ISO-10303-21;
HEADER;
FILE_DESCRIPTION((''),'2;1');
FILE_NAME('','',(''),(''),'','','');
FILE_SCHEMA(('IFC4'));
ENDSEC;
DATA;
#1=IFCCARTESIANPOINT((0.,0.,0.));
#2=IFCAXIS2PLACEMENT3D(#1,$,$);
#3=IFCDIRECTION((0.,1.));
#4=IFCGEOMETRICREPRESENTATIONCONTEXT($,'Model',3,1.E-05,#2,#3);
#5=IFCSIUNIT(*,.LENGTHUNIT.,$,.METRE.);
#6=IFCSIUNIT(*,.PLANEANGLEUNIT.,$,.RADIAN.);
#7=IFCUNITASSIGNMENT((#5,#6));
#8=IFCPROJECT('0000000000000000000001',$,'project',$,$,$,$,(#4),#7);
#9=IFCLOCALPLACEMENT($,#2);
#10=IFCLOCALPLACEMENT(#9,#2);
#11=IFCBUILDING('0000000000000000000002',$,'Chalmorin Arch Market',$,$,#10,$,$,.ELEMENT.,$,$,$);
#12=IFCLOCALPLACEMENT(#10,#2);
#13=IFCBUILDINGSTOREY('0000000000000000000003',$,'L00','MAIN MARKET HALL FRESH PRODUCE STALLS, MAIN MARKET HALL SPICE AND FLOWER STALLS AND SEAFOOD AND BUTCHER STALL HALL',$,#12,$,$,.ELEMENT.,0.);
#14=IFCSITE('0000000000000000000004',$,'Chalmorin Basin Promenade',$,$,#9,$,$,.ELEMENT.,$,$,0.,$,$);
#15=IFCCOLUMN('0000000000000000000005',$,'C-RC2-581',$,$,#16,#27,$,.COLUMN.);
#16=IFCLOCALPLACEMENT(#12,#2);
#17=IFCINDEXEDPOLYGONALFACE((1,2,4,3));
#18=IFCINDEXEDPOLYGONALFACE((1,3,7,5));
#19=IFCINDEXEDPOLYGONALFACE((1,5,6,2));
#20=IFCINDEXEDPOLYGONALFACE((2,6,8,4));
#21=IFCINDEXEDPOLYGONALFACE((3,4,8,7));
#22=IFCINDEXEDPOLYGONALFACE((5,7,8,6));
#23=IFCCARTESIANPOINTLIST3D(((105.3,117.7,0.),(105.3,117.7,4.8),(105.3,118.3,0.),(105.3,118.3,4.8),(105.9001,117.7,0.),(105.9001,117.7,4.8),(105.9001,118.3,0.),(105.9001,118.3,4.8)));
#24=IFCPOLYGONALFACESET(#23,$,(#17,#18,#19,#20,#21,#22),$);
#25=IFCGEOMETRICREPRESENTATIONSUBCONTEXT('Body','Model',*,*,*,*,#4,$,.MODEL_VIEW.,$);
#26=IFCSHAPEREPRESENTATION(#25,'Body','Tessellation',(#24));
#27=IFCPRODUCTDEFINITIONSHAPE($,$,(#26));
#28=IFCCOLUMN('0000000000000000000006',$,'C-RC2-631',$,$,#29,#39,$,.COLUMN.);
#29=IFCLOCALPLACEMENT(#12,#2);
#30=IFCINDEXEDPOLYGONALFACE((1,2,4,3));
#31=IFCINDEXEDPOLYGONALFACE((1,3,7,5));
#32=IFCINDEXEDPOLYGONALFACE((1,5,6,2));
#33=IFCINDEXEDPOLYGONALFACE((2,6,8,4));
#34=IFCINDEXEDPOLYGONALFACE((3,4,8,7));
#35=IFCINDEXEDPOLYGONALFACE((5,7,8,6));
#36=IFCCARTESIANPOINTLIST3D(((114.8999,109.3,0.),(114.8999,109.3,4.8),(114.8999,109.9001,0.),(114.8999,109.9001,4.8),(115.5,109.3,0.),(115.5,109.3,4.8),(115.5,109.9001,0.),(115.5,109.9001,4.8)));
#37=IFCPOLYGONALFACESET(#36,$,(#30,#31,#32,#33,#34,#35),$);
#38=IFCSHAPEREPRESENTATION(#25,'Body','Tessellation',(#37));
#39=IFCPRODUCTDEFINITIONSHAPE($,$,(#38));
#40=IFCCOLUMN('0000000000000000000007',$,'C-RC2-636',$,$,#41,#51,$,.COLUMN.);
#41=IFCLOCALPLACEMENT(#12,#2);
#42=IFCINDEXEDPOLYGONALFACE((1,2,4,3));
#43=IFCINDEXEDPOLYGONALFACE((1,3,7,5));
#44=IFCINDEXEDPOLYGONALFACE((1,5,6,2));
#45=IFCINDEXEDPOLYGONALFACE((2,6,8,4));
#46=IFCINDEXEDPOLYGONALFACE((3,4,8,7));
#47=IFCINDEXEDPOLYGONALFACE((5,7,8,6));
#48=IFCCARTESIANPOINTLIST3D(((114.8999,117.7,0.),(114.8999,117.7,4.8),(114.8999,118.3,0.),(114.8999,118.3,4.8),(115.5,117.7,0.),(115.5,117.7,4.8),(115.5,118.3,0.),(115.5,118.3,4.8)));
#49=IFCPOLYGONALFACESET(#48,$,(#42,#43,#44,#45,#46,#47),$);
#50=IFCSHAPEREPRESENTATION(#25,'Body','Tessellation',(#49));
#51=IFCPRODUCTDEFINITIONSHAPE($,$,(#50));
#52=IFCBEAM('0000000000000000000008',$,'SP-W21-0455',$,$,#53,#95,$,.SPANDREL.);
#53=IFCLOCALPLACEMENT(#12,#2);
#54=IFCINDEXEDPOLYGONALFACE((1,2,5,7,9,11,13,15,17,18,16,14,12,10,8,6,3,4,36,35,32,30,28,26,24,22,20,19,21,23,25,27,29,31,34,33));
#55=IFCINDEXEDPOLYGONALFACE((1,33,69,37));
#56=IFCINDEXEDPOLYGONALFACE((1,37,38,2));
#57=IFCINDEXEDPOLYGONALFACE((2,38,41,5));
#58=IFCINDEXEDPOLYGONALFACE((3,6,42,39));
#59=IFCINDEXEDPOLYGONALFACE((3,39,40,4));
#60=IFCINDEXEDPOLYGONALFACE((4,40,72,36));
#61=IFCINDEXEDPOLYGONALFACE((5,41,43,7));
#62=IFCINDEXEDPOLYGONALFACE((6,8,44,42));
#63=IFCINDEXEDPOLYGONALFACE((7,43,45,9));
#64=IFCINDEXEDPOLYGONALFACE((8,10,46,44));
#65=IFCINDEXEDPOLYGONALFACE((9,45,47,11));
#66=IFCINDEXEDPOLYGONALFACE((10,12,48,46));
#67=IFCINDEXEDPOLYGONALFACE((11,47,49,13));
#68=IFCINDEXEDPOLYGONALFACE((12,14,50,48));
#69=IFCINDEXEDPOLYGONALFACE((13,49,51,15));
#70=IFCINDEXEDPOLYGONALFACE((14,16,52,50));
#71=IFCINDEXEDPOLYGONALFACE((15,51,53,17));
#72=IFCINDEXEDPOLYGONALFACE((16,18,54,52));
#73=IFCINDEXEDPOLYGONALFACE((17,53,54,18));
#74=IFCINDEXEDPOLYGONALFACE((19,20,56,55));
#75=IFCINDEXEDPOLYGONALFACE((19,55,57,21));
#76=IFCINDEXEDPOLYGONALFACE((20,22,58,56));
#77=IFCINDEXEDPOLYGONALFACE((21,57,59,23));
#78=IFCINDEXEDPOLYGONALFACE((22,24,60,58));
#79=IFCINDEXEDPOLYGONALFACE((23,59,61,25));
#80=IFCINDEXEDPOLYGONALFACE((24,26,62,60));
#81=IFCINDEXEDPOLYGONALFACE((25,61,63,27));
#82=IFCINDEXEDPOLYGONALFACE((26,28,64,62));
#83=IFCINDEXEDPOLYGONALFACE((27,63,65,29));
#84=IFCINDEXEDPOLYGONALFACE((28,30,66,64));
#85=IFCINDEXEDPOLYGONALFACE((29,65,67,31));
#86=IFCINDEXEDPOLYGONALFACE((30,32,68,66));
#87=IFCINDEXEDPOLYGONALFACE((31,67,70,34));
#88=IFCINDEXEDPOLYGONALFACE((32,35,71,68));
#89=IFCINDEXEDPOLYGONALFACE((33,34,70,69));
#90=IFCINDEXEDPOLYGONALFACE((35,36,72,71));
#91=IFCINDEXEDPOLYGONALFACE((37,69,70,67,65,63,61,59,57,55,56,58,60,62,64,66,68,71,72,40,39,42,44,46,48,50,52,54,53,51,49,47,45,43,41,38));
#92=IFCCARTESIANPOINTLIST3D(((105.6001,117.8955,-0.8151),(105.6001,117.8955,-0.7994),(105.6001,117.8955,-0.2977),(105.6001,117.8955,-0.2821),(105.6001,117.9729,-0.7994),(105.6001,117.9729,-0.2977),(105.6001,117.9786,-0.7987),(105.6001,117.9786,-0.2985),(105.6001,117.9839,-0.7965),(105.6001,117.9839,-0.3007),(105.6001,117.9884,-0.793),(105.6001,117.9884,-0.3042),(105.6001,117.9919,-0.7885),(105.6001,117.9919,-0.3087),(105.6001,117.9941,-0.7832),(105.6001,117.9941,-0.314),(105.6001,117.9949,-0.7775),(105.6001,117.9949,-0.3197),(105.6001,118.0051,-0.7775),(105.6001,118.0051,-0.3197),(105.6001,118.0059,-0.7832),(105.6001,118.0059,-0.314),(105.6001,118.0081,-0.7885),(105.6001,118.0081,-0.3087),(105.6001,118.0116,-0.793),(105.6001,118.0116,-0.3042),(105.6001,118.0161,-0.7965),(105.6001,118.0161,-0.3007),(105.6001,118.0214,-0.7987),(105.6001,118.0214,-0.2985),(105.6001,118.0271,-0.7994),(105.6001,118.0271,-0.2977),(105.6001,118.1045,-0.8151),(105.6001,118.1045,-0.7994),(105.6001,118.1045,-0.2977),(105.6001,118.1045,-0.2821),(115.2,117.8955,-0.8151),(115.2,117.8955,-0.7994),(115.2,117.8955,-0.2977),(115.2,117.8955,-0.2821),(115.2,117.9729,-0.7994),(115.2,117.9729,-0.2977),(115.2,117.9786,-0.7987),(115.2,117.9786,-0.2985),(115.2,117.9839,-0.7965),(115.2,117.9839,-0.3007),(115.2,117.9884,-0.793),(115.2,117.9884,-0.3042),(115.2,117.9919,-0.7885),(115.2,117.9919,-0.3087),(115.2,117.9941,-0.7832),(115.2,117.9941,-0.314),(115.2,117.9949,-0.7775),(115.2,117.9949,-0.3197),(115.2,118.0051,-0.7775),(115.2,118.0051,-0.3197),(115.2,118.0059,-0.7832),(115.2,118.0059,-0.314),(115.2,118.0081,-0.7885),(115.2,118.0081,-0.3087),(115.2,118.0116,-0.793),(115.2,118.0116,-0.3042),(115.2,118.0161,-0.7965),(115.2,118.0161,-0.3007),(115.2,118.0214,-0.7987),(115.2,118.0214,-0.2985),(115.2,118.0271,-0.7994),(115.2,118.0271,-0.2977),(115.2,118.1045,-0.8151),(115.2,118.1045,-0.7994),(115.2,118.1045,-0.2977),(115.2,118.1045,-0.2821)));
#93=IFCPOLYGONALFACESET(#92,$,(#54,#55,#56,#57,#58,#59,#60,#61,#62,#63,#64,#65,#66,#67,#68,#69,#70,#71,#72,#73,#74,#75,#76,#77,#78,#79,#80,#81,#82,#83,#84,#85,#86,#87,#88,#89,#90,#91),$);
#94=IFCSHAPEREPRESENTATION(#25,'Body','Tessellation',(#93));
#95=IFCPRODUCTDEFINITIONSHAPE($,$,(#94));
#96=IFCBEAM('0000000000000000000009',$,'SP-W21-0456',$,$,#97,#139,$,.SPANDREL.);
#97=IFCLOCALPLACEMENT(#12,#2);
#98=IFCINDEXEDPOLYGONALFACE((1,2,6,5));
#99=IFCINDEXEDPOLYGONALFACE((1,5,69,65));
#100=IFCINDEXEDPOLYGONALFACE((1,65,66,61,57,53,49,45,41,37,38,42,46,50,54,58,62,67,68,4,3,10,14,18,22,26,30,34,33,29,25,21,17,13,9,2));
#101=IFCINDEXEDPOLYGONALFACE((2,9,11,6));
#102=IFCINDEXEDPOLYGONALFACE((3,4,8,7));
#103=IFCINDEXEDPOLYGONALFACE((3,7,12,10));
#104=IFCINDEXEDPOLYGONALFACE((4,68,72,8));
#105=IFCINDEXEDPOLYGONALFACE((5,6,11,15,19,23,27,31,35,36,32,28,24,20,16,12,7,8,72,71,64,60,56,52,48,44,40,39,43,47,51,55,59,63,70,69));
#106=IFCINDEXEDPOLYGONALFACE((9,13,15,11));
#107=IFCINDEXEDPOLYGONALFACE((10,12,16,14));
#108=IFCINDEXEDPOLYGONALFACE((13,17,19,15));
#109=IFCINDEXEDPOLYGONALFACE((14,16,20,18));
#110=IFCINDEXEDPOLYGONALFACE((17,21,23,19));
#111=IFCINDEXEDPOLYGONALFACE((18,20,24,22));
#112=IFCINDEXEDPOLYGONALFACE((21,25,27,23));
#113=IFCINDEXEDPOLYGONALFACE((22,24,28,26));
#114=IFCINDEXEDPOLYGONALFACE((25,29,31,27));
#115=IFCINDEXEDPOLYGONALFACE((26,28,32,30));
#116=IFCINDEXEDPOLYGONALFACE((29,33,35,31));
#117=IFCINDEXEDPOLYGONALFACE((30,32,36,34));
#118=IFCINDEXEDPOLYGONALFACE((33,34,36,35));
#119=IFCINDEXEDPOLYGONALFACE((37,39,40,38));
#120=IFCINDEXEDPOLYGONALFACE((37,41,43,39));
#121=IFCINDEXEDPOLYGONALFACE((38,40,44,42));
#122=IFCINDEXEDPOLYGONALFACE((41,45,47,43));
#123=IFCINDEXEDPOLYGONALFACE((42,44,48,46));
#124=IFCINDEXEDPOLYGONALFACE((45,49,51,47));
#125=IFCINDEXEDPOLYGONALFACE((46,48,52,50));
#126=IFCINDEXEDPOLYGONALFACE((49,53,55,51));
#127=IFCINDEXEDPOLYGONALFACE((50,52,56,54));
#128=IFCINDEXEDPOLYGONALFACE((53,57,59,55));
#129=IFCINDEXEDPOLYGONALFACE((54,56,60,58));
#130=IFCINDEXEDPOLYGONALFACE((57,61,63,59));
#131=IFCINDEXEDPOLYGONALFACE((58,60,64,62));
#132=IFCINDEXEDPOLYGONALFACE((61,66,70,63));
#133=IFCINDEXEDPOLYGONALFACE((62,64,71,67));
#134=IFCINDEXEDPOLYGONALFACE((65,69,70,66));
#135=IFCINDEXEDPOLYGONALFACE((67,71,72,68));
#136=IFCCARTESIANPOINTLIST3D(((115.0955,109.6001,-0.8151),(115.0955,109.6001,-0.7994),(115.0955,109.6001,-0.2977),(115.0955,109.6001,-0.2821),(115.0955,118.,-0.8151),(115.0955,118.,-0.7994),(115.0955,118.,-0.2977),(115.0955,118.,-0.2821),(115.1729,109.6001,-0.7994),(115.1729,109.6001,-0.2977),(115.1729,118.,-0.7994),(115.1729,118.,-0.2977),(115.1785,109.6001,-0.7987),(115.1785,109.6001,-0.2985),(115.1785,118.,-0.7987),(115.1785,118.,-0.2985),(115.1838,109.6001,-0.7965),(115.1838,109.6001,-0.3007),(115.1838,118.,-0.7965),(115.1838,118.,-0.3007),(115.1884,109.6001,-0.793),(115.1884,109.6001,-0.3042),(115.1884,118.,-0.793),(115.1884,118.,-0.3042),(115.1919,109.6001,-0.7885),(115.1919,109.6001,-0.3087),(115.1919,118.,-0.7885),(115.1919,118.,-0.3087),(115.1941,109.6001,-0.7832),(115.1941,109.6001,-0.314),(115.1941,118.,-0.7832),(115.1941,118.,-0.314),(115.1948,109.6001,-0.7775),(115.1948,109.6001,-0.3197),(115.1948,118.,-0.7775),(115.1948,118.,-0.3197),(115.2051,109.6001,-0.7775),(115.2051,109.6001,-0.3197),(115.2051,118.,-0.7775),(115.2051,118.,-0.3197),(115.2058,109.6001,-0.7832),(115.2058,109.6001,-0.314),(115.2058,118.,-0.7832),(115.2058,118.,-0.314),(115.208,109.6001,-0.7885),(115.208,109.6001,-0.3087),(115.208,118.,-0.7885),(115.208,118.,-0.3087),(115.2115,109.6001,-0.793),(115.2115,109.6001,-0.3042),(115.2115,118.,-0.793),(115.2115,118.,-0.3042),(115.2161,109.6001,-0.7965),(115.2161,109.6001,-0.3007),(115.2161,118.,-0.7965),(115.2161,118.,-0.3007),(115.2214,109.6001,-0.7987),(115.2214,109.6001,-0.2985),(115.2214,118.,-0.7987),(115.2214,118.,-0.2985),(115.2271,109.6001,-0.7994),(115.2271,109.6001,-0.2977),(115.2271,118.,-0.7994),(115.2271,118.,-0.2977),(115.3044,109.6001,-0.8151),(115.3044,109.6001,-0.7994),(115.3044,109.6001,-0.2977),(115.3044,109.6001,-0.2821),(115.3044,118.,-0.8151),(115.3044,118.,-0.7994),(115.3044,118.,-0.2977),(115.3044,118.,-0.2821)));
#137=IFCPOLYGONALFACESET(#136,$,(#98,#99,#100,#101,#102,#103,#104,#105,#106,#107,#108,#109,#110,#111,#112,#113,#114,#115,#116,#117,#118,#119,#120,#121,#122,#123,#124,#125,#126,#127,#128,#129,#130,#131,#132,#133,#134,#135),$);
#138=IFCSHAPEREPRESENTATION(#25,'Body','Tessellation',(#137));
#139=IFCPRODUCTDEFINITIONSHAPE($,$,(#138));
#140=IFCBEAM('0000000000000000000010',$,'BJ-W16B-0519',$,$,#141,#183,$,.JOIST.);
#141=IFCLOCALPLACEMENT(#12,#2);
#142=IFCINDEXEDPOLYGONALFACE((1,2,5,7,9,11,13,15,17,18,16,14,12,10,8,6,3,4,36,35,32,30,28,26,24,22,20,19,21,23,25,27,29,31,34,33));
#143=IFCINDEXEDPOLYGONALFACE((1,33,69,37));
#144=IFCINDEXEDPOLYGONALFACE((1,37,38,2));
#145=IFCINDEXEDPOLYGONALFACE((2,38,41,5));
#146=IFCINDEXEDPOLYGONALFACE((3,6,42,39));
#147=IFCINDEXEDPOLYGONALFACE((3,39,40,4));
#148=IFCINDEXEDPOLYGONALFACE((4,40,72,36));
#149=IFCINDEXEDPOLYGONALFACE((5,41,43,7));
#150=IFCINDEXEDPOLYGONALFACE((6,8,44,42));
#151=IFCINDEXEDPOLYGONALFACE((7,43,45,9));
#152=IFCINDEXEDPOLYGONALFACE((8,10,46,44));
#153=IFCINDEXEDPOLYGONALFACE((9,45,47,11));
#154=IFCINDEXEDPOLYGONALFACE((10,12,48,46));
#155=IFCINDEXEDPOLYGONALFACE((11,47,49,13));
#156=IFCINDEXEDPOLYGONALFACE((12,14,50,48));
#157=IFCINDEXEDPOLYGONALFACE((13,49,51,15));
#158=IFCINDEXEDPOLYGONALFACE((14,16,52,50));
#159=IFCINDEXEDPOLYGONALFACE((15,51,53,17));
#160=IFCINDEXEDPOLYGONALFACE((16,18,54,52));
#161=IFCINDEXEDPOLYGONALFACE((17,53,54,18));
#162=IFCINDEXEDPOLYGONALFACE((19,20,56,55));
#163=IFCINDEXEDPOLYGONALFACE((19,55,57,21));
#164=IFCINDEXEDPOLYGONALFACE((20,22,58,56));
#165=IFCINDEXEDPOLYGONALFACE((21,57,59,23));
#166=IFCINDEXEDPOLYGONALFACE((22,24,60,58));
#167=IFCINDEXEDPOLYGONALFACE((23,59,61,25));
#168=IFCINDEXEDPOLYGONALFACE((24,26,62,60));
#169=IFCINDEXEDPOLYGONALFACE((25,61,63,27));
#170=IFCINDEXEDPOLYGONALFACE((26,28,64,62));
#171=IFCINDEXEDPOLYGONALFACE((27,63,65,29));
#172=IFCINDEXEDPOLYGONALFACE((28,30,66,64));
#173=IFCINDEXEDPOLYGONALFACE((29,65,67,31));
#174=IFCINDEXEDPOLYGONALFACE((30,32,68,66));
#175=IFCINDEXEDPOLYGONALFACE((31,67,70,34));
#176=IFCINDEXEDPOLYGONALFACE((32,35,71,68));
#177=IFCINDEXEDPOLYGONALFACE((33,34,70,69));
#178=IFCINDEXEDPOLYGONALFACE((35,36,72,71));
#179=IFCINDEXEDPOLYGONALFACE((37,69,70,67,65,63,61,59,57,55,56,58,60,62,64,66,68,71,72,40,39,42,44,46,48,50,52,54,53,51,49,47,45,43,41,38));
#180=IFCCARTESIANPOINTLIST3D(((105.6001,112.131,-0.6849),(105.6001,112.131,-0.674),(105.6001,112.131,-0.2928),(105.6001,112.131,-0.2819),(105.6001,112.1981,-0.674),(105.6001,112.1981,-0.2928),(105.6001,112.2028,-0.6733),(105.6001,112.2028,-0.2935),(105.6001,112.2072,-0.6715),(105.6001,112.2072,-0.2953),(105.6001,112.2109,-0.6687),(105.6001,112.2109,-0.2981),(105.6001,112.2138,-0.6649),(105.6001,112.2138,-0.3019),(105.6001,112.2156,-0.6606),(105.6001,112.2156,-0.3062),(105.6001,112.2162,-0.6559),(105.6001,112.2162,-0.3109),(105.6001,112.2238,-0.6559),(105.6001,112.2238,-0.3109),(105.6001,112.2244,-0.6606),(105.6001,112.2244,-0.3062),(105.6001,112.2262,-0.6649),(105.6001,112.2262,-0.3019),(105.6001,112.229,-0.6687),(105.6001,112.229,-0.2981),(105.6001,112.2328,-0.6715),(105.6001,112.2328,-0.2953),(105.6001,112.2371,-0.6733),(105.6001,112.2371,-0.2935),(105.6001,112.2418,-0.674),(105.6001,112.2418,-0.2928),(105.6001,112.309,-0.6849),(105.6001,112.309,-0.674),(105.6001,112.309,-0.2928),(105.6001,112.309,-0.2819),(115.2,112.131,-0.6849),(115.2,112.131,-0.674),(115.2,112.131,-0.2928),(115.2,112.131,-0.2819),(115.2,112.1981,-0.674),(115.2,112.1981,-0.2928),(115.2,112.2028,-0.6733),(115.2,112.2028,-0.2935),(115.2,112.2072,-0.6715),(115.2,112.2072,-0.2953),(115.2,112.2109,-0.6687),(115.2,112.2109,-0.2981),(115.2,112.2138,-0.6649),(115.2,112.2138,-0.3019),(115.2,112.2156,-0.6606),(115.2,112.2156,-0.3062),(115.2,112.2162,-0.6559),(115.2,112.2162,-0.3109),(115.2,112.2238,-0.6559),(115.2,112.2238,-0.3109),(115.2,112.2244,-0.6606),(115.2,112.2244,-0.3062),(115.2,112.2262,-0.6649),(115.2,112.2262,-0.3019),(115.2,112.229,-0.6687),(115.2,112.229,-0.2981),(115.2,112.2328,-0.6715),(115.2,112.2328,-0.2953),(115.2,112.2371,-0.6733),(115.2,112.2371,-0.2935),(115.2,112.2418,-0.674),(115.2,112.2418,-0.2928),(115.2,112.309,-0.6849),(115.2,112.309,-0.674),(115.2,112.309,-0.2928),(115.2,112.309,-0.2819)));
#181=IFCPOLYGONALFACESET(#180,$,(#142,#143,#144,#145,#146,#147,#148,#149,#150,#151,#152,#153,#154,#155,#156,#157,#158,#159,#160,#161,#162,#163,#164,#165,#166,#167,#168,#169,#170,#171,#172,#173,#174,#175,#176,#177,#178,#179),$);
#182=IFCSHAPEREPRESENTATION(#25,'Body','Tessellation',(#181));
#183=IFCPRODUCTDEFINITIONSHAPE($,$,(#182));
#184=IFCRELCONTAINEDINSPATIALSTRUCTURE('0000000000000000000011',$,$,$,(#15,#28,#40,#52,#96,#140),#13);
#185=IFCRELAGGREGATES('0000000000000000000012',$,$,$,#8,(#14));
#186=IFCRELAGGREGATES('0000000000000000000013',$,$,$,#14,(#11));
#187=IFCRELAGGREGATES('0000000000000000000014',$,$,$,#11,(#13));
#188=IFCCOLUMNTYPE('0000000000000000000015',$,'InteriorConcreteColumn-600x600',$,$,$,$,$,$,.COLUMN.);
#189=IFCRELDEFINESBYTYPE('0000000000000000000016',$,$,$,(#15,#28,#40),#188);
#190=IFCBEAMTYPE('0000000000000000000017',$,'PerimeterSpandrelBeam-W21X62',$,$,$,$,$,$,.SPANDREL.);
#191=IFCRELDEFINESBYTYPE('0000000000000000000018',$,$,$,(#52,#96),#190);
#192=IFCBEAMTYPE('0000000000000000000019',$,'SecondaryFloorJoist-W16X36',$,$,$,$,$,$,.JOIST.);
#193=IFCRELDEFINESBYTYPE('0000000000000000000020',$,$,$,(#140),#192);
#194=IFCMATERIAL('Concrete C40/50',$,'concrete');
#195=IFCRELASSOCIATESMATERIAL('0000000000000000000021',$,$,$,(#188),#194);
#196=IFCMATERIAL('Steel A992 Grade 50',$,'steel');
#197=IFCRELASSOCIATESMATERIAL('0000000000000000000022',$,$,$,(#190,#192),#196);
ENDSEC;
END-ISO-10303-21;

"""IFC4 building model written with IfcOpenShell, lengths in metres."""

from ifc_helpers import new_model, si_unit, direction, frame, origin, origin_2d, place, context, subcontext, project, spatial, rectangle, i_section, extrude, material, material_profile, profile_set, type_object, element, save


model = new_model("IFC4")

# Units and contexts
model_context = context("Model", 3, precision=1e-05, world=origin(), true_north=direction((0.0, 1.0)))
body_context = subcontext(model_context, "Body", "Model", "MODEL_VIEW")
ifc_project = project(units=[si_unit("LENGTHUNIT", "METRE"), si_unit("PLANEANGLEUNIT", "RADIAN")], contexts=[model_context])

# Site, building, storey
site_placement = place(None, origin())
site = spatial("IfcSite", under=ifc_project, at=site_placement, Name="Chalmorin Basin Promenade", CompositionType="ELEMENT", RefElevation=0.0)
building_placement = place(site_placement, origin())
building = spatial("IfcBuilding", under=site, at=building_placement, Name="Chalmorin Arch Market", CompositionType="ELEMENT")
storey_placement = place(building_placement, origin())
storey = spatial("IfcBuildingStorey", under=building, at=storey_placement, Name="L00", Description="MAIN MARKET HALL FRESH PRODUCE STALLS, MAIN MARKET HALL SPICE AND FLOWER STALLS AND SEAFOOD AND BUTCHER STALL HALL", CompositionType="ELEMENT", Elevation=0.0)

# Columns
ifc_material_1 = material(Name="Concrete C40/50", Category="concrete")
ifc_material_profile_1 = material_profile(ifc_material_1, rectangle(XDim=0.6001, YDim=0.6001, at=origin_2d()), Name="RC600X600")
ifc_profile_set_1 = profile_set([ifc_material_profile_1], Name="Concrete C40/50")
column_type = type_object("IfcColumnType", Name="InteriorConcreteColumn-600x600", PredefinedType="COLUMN", material=ifc_profile_set_1)
for number, where, z_axis, x_axis, name in (
    (1, (105.6001, 118.0, 0.0), (0.0, 0.0, 1.0), (1.0, 0.0, 0.0), "C-RC2-581"),
    (2, (115.2, 109.6001, 0.0), (0.0, 0.0, 1.0), (1.0, 0.0, 0.0), "C-RC2-631"),
    (3, (115.2, 118.0, 0.0), (0.0, 0.0, 1.0), (1.0, 0.0, 0.0), "C-RC2-636"),
):
    element("IfcColumn", number, at=place(storey_placement, frame(where, z_axis=z_axis, x_axis=x_axis)), inside=storey, type_object=column_type, Name=name, PredefinedType="COLUMN", context=body_context, shape_type="SweptSolid", body=[
        extrude(rectangle(XDim=0.6001, YDim=0.6001, at=origin_2d()), origin(), (0.0, 0.0, 1.0), 4.8),
    ])

# Beams
ifc_material_2 = material(Name="Steel A992 Grade 50", Category="steel")
ifc_material_profile_2 = material_profile(ifc_material_2, i_section(OverallWidth=0.209, OverallDepth=0.533, WebThickness=0.0103, FlangeThickness=0.0156, FilletRadius=0.022, at=origin_2d()), Name="W21X62")
ifc_profile_set_2 = profile_set([ifc_material_profile_2], Name="Steel A992 Grade 50")
beam_type_1 = type_object("IfcBeamType", Name="PerimeterSpandrelBeam-W21X62", PredefinedType="SPANDREL", material=ifc_profile_set_2)
beam_1_placement = place(storey_placement, frame((105.6001, 118.0, -0.5486), z_axis=(1.0, 0.0, 0.0), x_axis=(0.0, 1.0, 0.0)))
element("IfcBeam", 4, at=beam_1_placement, inside=storey, type_object=beam_type_1, Name="SP-W21-0455", PredefinedType="SPANDREL", context=body_context, shape_type="SweptSolid", body=[
    extrude(i_section(OverallWidth=0.209, OverallDepth=0.533, WebThickness=0.0103, FlangeThickness=0.0156, FilletRadius=0.022, at=origin_2d()), origin(), (0.0, 0.0, 1.0), 9.5999),
])
beam_2_placement = place(storey_placement, frame((115.2, 109.6001, -0.5486), z_axis=(0.0, 1.0, 0.0), x_axis=(-1.0, 0.0, 0.0)))
element("IfcBeam", 5, at=beam_2_placement, inside=storey, type_object=beam_type_1, Name="SP-W21-0456", PredefinedType="SPANDREL", context=body_context, shape_type="SweptSolid", body=[
    extrude(i_section(OverallWidth=0.209, OverallDepth=0.533, WebThickness=0.0103, FlangeThickness=0.0156, FilletRadius=0.022, at=origin_2d()), origin(), (0.0, 0.0, 1.0), 8.3999),
])
ifc_material_profile_3 = material_profile(ifc_material_2, i_section(OverallWidth=0.178, OverallDepth=0.4031, WebThickness=0.0076, FlangeThickness=0.011, FilletRadius=0.0181, at=origin_2d()), Name="W16X36")
ifc_profile_set_3 = profile_set([ifc_material_profile_3], Name="Steel A992 Grade 50")
beam_type_2 = type_object("IfcBeamType", Name="SecondaryFloorJoist-W16X36", PredefinedType="JOIST", material=ifc_profile_set_3)
for number, where, z_axis, x_axis, name in (
    (6, (105.6001, 112.22, -0.4834), (1.0, 0.0, 0.0), (0.0, 1.0, 0.0), "BJ-W16B-0519"),
):
    element("IfcBeam", number, at=place(storey_placement, frame(where, z_axis=z_axis, x_axis=x_axis)), inside=storey, type_object=beam_type_2, Name=name, PredefinedType="JOIST", context=body_context, shape_type="SweptSolid", body=[
        extrude(i_section(OverallWidth=0.178, OverallDepth=0.4031, WebThickness=0.0076, FlangeThickness=0.011, FilletRadius=0.0181, at=origin_2d()), origin(), (0.0, 0.0, 1.0), 9.5999),
    ])

save(model, "model.ifc")
